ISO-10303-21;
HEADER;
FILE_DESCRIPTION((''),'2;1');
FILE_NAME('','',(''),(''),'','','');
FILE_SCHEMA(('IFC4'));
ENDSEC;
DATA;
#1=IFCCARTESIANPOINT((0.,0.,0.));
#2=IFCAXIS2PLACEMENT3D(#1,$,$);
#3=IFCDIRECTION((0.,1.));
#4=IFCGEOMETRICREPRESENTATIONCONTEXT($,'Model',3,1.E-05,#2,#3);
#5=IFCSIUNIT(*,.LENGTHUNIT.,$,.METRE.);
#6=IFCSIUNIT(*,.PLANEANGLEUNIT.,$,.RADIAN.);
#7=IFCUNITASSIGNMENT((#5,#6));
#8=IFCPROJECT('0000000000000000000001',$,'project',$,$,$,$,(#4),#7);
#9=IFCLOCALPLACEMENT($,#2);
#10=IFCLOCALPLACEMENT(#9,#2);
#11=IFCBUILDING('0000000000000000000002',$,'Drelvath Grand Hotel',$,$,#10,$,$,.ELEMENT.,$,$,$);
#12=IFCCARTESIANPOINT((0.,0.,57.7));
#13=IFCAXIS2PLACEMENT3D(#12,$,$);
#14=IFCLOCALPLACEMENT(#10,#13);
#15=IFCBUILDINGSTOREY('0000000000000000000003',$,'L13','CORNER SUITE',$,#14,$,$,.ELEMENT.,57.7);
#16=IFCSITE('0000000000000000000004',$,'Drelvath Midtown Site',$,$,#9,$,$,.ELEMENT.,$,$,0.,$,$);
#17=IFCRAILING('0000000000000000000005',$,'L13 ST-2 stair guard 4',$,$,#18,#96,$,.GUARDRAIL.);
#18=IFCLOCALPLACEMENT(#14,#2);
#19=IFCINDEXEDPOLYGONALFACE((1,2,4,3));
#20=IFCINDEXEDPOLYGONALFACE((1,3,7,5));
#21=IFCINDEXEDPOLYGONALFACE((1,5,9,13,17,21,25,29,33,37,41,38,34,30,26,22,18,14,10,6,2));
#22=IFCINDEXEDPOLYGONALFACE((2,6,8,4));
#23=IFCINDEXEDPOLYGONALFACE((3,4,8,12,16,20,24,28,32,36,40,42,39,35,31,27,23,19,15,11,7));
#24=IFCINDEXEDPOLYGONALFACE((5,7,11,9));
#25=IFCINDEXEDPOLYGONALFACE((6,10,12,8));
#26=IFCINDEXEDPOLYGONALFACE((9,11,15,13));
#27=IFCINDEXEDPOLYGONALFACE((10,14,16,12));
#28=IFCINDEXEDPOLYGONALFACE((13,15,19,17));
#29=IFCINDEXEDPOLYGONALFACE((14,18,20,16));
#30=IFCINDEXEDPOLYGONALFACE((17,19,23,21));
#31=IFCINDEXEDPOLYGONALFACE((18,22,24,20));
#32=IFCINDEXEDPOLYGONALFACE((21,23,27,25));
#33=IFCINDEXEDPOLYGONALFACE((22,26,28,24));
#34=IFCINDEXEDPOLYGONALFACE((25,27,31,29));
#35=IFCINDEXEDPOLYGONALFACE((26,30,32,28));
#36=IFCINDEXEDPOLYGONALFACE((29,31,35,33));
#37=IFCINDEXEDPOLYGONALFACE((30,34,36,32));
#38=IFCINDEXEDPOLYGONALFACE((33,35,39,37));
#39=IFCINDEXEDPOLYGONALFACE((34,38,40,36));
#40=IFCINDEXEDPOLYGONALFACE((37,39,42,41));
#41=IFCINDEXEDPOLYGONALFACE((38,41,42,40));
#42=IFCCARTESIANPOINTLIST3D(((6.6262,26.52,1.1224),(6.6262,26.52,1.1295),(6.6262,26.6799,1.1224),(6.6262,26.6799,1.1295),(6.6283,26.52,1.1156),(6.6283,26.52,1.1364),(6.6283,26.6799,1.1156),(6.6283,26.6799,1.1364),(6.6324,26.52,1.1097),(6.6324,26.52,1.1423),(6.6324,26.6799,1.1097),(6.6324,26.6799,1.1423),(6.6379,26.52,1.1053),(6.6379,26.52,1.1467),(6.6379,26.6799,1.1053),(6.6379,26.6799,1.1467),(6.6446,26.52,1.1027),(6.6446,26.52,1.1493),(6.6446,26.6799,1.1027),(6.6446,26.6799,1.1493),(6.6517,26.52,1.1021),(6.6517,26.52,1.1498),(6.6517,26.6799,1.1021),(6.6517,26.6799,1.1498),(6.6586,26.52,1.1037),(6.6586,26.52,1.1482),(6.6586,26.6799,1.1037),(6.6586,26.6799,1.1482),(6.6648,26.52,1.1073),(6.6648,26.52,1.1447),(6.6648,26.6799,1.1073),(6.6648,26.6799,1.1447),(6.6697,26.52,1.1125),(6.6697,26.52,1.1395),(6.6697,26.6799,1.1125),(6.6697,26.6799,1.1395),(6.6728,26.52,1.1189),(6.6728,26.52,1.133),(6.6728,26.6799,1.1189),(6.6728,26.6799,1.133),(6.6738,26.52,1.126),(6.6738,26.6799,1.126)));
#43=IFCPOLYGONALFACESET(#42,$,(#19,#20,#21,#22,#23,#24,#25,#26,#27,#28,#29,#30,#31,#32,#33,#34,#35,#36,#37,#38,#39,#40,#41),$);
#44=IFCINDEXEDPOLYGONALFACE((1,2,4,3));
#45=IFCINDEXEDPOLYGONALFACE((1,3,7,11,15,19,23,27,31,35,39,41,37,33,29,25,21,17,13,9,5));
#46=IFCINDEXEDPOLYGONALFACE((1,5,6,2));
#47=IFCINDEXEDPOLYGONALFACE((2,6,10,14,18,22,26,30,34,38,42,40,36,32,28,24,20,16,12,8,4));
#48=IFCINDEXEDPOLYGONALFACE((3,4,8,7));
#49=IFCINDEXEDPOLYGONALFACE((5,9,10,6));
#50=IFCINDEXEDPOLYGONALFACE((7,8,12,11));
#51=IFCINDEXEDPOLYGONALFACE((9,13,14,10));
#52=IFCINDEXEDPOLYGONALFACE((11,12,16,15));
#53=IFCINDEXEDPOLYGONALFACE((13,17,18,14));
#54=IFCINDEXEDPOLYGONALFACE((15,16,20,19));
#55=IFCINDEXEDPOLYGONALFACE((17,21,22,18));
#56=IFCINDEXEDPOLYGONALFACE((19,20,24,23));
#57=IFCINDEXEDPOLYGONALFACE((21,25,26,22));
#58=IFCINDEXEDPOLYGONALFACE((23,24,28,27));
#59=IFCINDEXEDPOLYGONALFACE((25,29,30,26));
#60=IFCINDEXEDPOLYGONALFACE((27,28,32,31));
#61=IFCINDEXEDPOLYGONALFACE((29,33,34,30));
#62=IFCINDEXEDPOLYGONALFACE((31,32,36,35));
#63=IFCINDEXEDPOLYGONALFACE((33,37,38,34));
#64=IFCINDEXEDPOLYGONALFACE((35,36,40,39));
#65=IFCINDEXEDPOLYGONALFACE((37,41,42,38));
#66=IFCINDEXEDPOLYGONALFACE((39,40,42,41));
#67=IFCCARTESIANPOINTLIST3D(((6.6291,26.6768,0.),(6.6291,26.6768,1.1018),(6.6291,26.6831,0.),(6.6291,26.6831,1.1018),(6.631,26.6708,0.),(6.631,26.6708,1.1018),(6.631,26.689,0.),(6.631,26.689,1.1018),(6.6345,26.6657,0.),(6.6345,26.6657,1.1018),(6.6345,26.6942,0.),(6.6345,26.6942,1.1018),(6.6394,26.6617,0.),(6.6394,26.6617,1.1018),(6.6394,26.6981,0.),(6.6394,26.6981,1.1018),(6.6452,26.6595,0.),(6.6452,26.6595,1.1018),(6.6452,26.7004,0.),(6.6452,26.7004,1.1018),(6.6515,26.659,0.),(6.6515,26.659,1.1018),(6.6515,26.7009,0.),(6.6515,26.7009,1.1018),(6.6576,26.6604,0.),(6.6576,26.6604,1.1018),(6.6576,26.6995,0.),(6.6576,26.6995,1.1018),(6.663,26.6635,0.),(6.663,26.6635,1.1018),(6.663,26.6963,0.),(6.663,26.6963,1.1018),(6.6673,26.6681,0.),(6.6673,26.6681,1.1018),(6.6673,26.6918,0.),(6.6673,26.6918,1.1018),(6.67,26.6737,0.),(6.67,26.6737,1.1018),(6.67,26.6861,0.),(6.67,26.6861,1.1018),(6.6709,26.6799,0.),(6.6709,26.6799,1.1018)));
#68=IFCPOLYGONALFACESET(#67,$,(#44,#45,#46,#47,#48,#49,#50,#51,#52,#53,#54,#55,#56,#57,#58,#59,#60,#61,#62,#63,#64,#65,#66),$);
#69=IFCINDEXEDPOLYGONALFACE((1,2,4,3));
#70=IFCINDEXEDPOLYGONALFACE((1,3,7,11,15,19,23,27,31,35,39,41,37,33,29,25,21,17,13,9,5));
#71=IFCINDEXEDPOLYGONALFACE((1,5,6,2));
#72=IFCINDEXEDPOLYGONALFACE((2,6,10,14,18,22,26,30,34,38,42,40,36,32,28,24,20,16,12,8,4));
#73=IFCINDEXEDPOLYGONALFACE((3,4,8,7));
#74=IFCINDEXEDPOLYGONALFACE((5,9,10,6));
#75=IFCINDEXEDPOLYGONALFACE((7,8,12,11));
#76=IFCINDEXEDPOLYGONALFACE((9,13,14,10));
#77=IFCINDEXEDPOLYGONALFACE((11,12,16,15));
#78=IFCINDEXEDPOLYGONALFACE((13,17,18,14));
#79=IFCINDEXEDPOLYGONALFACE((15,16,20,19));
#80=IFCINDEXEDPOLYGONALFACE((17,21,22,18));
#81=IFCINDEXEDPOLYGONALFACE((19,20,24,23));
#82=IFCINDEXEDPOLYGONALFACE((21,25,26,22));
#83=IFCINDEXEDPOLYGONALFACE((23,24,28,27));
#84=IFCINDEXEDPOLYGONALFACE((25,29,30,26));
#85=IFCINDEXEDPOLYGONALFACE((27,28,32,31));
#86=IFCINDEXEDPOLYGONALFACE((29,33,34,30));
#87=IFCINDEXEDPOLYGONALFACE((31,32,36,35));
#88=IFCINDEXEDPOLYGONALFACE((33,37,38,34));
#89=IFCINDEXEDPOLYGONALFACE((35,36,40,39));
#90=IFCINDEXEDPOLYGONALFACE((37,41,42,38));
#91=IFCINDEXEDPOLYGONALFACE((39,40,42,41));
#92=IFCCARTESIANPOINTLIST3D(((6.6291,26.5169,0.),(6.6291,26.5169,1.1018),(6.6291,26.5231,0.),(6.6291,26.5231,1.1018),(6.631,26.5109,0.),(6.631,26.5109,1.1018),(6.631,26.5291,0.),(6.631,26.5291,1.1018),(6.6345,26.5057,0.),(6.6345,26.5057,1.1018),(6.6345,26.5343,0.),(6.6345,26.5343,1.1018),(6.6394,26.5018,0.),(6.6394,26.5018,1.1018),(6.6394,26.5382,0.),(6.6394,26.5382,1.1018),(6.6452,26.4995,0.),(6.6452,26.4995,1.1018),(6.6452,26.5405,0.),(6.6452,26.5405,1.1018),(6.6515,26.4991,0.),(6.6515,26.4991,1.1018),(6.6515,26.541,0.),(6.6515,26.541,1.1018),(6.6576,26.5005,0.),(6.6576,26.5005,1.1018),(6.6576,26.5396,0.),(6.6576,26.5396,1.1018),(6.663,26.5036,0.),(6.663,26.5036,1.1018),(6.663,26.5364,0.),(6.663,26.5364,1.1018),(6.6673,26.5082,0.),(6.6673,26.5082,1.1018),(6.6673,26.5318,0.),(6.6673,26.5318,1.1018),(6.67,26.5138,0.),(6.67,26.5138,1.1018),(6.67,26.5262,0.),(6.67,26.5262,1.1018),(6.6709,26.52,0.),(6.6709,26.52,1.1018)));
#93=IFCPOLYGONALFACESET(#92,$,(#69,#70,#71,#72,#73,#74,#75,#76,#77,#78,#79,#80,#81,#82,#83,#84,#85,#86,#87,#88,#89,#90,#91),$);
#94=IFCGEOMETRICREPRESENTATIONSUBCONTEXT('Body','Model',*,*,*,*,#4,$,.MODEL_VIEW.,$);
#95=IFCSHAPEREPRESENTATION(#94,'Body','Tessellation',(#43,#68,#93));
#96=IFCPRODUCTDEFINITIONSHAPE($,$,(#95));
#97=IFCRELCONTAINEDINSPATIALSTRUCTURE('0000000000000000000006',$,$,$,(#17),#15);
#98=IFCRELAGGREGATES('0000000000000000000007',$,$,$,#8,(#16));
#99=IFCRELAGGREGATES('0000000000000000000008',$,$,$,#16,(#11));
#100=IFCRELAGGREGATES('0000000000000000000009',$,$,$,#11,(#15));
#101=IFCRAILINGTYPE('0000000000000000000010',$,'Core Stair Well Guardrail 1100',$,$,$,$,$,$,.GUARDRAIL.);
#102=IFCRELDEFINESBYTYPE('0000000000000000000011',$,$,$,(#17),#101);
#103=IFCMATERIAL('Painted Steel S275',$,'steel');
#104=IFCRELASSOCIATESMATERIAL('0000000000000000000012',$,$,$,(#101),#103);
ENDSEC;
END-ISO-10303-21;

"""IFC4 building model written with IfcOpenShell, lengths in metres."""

from ifc_helpers import new_model, si_unit, direction, frame, origin, origin_2d, place, context, subcontext, project, spatial, circle, extrude, material, type_object, element, save


model = new_model("IFC4")

# Units and contexts
model_context = context("Model", 3, precision=1e-05, world=origin(), true_north=direction((0.0, 1.0)))
body_context = subcontext(model_context, "Body", "Model", "MODEL_VIEW")
ifc_project = project(units=[si_unit("LENGTHUNIT", "METRE"), si_unit("PLANEANGLEUNIT", "RADIAN")], contexts=[model_context])

# Site, building, storey
site_placement = place(None, origin())
site = spatial("IfcSite", under=ifc_project, at=site_placement, Name="Drelvath Midtown Site", CompositionType="ELEMENT", RefElevation=0.0)
building_placement = place(site_placement, origin())
building = spatial("IfcBuilding", under=site, at=building_placement, Name="Drelvath Grand Hotel", CompositionType="ELEMENT")
storey_placement = place(building_placement, frame((0.0, 0.0, 57.7)))
storey = spatial("IfcBuildingStorey", under=building, at=storey_placement, Name="L13", Description="CORNER SUITE", CompositionType="ELEMENT", Elevation=57.7)

# Shared definitions
ifc_material_1 = material(Name="Painted Steel S275", Category="steel")

# Railing
railing_type_1 = type_object("IfcRailingType", Name="Core Stair Well Guardrail 1100", PredefinedType="GUARDRAIL", material=ifc_material_1)
railing_1_placement = place(storey_placement, frame((6.6499, 26.6799, 0.0)))
element("IfcRailing", 1, at=railing_1_placement, inside=storey, type_object=railing_type_1, Name="L13 ST-2 stair guard 4", PredefinedType="GUARDRAIL", context=body_context, shape_type="SweptSolid", body=[
    extrude(circle(Radius=0.0239, at=origin_2d()), frame((0.0, 0.0, 1.126), z_axis=(0.0, -1.0, 0.0), x_axis=(1.0, 0.0, 0.0)), (0.0, 0.0, 1.0), 0.1599),
    extrude(circle(Radius=0.021, at=origin_2d()), origin(), (0.0, 0.0, 1.0), 1.1018),
    extrude(circle(Radius=0.021, at=origin_2d()), frame((0.0, -0.1599, 0.0)), (0.0, 0.0, 1.0), 1.1018),
])

save(model, "model.ifc")
